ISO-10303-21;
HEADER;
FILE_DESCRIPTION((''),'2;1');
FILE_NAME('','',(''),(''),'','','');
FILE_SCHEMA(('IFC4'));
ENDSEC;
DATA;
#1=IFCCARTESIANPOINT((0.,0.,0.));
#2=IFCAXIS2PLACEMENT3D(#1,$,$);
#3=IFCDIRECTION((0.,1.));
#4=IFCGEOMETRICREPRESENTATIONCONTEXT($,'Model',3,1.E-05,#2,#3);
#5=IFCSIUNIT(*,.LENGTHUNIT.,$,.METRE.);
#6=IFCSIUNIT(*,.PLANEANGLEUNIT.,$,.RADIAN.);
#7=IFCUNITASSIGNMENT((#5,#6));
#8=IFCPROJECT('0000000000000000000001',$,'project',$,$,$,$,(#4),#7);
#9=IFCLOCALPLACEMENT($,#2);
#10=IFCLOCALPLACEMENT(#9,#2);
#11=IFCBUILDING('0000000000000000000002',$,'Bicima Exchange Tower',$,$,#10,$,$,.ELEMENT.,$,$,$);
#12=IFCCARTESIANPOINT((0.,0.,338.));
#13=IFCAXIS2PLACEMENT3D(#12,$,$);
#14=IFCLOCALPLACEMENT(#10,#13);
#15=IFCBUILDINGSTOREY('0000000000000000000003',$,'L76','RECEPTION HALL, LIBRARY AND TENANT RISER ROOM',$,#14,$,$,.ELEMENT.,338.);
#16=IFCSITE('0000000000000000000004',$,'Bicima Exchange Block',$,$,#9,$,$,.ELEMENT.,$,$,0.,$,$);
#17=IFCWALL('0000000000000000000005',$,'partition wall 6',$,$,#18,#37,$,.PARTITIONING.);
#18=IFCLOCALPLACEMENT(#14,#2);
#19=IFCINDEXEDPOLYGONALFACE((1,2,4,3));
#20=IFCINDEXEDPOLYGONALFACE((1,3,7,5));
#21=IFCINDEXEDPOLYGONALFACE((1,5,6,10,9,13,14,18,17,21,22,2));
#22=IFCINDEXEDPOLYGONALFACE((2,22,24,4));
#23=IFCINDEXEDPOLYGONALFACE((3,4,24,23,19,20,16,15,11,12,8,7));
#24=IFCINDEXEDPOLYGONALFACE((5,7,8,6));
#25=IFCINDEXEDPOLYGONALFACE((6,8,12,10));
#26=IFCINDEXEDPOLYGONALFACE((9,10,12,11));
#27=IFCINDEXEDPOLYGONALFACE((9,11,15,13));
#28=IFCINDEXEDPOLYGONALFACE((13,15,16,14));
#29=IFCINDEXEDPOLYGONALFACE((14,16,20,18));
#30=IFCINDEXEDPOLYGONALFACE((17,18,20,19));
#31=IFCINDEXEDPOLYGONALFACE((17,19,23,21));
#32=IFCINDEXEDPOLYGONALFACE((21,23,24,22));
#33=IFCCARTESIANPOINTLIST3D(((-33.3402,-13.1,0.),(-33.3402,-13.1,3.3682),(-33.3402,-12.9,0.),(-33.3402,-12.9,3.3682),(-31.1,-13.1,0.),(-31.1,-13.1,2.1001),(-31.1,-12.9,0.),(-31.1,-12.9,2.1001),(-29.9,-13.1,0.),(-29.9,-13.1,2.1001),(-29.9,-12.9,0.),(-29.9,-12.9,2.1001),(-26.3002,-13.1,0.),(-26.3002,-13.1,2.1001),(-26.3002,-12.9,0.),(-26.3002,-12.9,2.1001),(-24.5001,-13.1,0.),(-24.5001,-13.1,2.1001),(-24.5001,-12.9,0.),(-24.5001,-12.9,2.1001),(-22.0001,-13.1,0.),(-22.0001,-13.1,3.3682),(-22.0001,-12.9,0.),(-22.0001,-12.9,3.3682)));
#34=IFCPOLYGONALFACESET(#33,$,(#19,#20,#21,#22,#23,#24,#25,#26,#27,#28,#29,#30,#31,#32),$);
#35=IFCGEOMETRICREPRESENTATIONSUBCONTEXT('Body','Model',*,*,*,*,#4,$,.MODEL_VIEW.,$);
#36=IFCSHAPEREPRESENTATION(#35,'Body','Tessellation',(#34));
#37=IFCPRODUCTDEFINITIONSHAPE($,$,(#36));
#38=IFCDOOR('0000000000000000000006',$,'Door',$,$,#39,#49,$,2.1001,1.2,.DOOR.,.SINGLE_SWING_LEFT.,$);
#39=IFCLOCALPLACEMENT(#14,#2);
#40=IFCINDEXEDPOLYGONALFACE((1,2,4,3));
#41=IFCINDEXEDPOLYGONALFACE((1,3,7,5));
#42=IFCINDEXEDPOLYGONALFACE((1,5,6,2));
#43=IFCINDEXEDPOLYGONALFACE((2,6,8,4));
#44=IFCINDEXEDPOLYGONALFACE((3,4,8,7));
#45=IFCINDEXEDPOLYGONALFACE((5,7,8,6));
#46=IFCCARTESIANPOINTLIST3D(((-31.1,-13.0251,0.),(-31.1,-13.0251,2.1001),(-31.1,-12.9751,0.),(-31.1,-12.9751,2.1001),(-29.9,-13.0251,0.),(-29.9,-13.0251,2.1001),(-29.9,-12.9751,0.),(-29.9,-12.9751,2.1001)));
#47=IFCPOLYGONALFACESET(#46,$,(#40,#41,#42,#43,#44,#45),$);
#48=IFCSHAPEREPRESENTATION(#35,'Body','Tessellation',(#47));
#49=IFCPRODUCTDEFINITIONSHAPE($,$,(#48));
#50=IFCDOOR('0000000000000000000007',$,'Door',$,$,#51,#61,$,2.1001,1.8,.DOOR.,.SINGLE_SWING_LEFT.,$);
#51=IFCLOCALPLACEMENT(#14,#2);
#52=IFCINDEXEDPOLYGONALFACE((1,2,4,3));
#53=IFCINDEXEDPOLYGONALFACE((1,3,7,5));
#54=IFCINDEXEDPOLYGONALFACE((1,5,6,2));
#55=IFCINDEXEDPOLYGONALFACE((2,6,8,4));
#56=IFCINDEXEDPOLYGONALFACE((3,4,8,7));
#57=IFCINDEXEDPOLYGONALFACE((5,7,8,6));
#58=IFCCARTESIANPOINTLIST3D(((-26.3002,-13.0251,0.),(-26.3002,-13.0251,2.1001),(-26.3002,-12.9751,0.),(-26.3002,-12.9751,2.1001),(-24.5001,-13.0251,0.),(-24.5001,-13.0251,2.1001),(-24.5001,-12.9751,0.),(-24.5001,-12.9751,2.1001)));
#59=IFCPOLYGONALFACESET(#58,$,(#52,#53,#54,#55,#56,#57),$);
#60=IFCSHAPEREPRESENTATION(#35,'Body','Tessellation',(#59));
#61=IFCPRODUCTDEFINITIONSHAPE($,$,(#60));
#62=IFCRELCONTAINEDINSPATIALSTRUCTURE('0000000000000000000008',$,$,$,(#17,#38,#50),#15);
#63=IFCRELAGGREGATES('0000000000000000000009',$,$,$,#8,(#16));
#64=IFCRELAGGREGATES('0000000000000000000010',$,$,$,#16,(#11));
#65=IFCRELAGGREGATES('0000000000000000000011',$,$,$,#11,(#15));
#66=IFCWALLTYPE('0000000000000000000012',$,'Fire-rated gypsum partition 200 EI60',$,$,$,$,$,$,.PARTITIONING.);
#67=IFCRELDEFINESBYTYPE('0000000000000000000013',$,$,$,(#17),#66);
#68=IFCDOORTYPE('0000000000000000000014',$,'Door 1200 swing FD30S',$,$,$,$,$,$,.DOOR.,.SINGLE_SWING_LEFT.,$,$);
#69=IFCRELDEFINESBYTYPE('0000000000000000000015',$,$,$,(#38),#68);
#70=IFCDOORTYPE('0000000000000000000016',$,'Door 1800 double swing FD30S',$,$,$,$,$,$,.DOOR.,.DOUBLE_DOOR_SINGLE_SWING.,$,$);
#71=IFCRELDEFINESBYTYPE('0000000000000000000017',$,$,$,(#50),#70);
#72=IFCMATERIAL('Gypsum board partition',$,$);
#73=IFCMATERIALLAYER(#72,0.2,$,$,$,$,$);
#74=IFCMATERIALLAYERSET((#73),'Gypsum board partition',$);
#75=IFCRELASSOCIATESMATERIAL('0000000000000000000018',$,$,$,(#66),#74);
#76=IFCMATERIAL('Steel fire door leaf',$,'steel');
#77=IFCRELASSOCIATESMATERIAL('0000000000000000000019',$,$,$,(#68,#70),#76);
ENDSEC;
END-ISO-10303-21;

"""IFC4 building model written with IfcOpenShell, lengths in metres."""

from ifc_helpers import new_model, si_unit, direction, frame, frame_2d, origin, place, context, subcontext, project, spatial, rectangle, extrude, material, layer, layer_set, type_object, element, fill, save


model = new_model("IFC4")

# Units and contexts
model_context = context("Model", 3, precision=1e-05, world=origin(), true_north=direction((0.0, 1.0)))
body_context = subcontext(model_context, "Body", "Model", "MODEL_VIEW")
ifc_project = project(units=[si_unit("LENGTHUNIT", "METRE"), si_unit("PLANEANGLEUNIT", "RADIAN")], contexts=[model_context])

# Site, building, storey
site_placement = place(None, origin())
site = spatial("IfcSite", under=ifc_project, at=site_placement, Name="Bicima Exchange Block", CompositionType="ELEMENT", RefElevation=0.0)
building_placement = place(site_placement, origin())
building = spatial("IfcBuilding", under=site, at=building_placement, Name="Bicima Exchange Tower", CompositionType="ELEMENT")
storey_placement = place(building_placement, frame((0.0, 0.0, 338.0)))
storey = spatial("IfcBuildingStorey", under=building, at=storey_placement, Name="L76", Description="RECEPTION HALL, LIBRARY AND TENANT RISER ROOM", CompositionType="ELEMENT", Elevation=338.0)

# Wall, openings, doors
ifc_material_1 = material(Name="Gypsum board partition")
ifc_layer_1 = layer(ifc_material_1, 0.2)
ifc_layer_set_1 = layer_set([ifc_layer_1], Name="Gypsum board partition")
wall_type = type_object("IfcWallType", Name="Fire-rated gypsum partition 200 EI60", PredefinedType="PARTITIONING", material=ifc_layer_set_1)
ifc_material_2 = material(Name="Steel fire door leaf", Category="steel")
wall_1_placement = place(storey_placement, frame((-33.3401, -13.0, 0.0), z_axis=(0.0, 0.0, 1.0), x_axis=(1.0, 0.0, 0.0)))
wall_1 = element("IfcWall", 1, at=wall_1_placement, inside=storey, type_object=wall_type, Name="partition wall 6", PredefinedType="PARTITIONING", context=body_context, shape_type="SweptSolid", body=[
    extrude(rectangle(XDim=11.3401, YDim=0.2, at=frame_2d((5.6699, 0.0))), origin(), (0.0, 0.0, 1.0), 3.3682),
])
opening_1_placement = place(wall_1_placement, frame((2.24, 0.0, 0.0)))
opening_1 = element("IfcOpeningElement", 2, at=opening_1_placement, cuts=wall_1, PredefinedType="OPENING", context=body_context, shape_type="SweptSolid", body=[
    extrude(rectangle(XDim=1.2, YDim=2.1001, at=frame_2d((0.6001, 1.05))), frame((0.0, 0.1118, 0.0), z_axis=(0.0, -1.0, 0.0), x_axis=(1.0, 0.0, 0.0)), (0.0, 0.0, 1.0), 0.2239),
])
opening_2_placement = place(wall_1_placement, frame((7.04, 0.0, 0.0)))
opening_2 = element("IfcOpeningElement", 3, at=opening_2_placement, cuts=wall_1, PredefinedType="OPENING", context=body_context, shape_type="SweptSolid", body=[
    extrude(rectangle(XDim=1.8, YDim=2.1001, at=frame_2d((0.8999, 1.05))), frame((0.0, 0.1118, 0.0), z_axis=(0.0, -1.0, 0.0), x_axis=(1.0, 0.0, 0.0)), (0.0, 0.0, 1.0), 0.2239),
])
door_type_1 = type_object("IfcDoorType", Name="Door 1200 swing FD30S", OperationType="SINGLE_SWING_LEFT", PredefinedType="DOOR", material=ifc_material_2)
door_1_placement = place(opening_1_placement, origin())
door_1 = element("IfcDoor", 4, at=door_1_placement, inside=storey, type_object=door_type_1, Name="Door", OperationType="SINGLE_SWING_LEFT", OverallHeight=2.1001, OverallWidth=1.2, PredefinedType="DOOR", context=body_context, shape_type="SweptSolid", body=[
    extrude(rectangle(XDim=1.2, YDim=2.1001, at=frame_2d((0.6001, 1.05))), frame((0.0, 0.0249, 0.0), z_axis=(0.0, -1.0, 0.0), x_axis=(1.0, 0.0, 0.0)), (0.0, 0.0, 1.0), 0.05),
])
fill(opening_1, door_1)
door_type_2 = type_object("IfcDoorType", Name="Door 1800 double swing FD30S", OperationType="DOUBLE_DOOR_SINGLE_SWING", PredefinedType="DOOR", material=ifc_material_2)
door_2_placement = place(opening_2_placement, origin())
door_2 = element("IfcDoor", 5, at=door_2_placement, inside=storey, type_object=door_type_2, Name="Door", OperationType="SINGLE_SWING_LEFT", OverallHeight=2.1001, OverallWidth=1.8, PredefinedType="DOOR", context=body_context, shape_type="SweptSolid", body=[
    extrude(rectangle(XDim=1.8, YDim=2.1001, at=frame_2d((0.8999, 1.05))), frame((0.0, 0.0249, 0.0), z_axis=(0.0, -1.0, 0.0), x_axis=(1.0, 0.0, 0.0)), (0.0, 0.0, 1.0), 0.05),
])
fill(opening_2, door_2)

save(model, "model.ifc")
